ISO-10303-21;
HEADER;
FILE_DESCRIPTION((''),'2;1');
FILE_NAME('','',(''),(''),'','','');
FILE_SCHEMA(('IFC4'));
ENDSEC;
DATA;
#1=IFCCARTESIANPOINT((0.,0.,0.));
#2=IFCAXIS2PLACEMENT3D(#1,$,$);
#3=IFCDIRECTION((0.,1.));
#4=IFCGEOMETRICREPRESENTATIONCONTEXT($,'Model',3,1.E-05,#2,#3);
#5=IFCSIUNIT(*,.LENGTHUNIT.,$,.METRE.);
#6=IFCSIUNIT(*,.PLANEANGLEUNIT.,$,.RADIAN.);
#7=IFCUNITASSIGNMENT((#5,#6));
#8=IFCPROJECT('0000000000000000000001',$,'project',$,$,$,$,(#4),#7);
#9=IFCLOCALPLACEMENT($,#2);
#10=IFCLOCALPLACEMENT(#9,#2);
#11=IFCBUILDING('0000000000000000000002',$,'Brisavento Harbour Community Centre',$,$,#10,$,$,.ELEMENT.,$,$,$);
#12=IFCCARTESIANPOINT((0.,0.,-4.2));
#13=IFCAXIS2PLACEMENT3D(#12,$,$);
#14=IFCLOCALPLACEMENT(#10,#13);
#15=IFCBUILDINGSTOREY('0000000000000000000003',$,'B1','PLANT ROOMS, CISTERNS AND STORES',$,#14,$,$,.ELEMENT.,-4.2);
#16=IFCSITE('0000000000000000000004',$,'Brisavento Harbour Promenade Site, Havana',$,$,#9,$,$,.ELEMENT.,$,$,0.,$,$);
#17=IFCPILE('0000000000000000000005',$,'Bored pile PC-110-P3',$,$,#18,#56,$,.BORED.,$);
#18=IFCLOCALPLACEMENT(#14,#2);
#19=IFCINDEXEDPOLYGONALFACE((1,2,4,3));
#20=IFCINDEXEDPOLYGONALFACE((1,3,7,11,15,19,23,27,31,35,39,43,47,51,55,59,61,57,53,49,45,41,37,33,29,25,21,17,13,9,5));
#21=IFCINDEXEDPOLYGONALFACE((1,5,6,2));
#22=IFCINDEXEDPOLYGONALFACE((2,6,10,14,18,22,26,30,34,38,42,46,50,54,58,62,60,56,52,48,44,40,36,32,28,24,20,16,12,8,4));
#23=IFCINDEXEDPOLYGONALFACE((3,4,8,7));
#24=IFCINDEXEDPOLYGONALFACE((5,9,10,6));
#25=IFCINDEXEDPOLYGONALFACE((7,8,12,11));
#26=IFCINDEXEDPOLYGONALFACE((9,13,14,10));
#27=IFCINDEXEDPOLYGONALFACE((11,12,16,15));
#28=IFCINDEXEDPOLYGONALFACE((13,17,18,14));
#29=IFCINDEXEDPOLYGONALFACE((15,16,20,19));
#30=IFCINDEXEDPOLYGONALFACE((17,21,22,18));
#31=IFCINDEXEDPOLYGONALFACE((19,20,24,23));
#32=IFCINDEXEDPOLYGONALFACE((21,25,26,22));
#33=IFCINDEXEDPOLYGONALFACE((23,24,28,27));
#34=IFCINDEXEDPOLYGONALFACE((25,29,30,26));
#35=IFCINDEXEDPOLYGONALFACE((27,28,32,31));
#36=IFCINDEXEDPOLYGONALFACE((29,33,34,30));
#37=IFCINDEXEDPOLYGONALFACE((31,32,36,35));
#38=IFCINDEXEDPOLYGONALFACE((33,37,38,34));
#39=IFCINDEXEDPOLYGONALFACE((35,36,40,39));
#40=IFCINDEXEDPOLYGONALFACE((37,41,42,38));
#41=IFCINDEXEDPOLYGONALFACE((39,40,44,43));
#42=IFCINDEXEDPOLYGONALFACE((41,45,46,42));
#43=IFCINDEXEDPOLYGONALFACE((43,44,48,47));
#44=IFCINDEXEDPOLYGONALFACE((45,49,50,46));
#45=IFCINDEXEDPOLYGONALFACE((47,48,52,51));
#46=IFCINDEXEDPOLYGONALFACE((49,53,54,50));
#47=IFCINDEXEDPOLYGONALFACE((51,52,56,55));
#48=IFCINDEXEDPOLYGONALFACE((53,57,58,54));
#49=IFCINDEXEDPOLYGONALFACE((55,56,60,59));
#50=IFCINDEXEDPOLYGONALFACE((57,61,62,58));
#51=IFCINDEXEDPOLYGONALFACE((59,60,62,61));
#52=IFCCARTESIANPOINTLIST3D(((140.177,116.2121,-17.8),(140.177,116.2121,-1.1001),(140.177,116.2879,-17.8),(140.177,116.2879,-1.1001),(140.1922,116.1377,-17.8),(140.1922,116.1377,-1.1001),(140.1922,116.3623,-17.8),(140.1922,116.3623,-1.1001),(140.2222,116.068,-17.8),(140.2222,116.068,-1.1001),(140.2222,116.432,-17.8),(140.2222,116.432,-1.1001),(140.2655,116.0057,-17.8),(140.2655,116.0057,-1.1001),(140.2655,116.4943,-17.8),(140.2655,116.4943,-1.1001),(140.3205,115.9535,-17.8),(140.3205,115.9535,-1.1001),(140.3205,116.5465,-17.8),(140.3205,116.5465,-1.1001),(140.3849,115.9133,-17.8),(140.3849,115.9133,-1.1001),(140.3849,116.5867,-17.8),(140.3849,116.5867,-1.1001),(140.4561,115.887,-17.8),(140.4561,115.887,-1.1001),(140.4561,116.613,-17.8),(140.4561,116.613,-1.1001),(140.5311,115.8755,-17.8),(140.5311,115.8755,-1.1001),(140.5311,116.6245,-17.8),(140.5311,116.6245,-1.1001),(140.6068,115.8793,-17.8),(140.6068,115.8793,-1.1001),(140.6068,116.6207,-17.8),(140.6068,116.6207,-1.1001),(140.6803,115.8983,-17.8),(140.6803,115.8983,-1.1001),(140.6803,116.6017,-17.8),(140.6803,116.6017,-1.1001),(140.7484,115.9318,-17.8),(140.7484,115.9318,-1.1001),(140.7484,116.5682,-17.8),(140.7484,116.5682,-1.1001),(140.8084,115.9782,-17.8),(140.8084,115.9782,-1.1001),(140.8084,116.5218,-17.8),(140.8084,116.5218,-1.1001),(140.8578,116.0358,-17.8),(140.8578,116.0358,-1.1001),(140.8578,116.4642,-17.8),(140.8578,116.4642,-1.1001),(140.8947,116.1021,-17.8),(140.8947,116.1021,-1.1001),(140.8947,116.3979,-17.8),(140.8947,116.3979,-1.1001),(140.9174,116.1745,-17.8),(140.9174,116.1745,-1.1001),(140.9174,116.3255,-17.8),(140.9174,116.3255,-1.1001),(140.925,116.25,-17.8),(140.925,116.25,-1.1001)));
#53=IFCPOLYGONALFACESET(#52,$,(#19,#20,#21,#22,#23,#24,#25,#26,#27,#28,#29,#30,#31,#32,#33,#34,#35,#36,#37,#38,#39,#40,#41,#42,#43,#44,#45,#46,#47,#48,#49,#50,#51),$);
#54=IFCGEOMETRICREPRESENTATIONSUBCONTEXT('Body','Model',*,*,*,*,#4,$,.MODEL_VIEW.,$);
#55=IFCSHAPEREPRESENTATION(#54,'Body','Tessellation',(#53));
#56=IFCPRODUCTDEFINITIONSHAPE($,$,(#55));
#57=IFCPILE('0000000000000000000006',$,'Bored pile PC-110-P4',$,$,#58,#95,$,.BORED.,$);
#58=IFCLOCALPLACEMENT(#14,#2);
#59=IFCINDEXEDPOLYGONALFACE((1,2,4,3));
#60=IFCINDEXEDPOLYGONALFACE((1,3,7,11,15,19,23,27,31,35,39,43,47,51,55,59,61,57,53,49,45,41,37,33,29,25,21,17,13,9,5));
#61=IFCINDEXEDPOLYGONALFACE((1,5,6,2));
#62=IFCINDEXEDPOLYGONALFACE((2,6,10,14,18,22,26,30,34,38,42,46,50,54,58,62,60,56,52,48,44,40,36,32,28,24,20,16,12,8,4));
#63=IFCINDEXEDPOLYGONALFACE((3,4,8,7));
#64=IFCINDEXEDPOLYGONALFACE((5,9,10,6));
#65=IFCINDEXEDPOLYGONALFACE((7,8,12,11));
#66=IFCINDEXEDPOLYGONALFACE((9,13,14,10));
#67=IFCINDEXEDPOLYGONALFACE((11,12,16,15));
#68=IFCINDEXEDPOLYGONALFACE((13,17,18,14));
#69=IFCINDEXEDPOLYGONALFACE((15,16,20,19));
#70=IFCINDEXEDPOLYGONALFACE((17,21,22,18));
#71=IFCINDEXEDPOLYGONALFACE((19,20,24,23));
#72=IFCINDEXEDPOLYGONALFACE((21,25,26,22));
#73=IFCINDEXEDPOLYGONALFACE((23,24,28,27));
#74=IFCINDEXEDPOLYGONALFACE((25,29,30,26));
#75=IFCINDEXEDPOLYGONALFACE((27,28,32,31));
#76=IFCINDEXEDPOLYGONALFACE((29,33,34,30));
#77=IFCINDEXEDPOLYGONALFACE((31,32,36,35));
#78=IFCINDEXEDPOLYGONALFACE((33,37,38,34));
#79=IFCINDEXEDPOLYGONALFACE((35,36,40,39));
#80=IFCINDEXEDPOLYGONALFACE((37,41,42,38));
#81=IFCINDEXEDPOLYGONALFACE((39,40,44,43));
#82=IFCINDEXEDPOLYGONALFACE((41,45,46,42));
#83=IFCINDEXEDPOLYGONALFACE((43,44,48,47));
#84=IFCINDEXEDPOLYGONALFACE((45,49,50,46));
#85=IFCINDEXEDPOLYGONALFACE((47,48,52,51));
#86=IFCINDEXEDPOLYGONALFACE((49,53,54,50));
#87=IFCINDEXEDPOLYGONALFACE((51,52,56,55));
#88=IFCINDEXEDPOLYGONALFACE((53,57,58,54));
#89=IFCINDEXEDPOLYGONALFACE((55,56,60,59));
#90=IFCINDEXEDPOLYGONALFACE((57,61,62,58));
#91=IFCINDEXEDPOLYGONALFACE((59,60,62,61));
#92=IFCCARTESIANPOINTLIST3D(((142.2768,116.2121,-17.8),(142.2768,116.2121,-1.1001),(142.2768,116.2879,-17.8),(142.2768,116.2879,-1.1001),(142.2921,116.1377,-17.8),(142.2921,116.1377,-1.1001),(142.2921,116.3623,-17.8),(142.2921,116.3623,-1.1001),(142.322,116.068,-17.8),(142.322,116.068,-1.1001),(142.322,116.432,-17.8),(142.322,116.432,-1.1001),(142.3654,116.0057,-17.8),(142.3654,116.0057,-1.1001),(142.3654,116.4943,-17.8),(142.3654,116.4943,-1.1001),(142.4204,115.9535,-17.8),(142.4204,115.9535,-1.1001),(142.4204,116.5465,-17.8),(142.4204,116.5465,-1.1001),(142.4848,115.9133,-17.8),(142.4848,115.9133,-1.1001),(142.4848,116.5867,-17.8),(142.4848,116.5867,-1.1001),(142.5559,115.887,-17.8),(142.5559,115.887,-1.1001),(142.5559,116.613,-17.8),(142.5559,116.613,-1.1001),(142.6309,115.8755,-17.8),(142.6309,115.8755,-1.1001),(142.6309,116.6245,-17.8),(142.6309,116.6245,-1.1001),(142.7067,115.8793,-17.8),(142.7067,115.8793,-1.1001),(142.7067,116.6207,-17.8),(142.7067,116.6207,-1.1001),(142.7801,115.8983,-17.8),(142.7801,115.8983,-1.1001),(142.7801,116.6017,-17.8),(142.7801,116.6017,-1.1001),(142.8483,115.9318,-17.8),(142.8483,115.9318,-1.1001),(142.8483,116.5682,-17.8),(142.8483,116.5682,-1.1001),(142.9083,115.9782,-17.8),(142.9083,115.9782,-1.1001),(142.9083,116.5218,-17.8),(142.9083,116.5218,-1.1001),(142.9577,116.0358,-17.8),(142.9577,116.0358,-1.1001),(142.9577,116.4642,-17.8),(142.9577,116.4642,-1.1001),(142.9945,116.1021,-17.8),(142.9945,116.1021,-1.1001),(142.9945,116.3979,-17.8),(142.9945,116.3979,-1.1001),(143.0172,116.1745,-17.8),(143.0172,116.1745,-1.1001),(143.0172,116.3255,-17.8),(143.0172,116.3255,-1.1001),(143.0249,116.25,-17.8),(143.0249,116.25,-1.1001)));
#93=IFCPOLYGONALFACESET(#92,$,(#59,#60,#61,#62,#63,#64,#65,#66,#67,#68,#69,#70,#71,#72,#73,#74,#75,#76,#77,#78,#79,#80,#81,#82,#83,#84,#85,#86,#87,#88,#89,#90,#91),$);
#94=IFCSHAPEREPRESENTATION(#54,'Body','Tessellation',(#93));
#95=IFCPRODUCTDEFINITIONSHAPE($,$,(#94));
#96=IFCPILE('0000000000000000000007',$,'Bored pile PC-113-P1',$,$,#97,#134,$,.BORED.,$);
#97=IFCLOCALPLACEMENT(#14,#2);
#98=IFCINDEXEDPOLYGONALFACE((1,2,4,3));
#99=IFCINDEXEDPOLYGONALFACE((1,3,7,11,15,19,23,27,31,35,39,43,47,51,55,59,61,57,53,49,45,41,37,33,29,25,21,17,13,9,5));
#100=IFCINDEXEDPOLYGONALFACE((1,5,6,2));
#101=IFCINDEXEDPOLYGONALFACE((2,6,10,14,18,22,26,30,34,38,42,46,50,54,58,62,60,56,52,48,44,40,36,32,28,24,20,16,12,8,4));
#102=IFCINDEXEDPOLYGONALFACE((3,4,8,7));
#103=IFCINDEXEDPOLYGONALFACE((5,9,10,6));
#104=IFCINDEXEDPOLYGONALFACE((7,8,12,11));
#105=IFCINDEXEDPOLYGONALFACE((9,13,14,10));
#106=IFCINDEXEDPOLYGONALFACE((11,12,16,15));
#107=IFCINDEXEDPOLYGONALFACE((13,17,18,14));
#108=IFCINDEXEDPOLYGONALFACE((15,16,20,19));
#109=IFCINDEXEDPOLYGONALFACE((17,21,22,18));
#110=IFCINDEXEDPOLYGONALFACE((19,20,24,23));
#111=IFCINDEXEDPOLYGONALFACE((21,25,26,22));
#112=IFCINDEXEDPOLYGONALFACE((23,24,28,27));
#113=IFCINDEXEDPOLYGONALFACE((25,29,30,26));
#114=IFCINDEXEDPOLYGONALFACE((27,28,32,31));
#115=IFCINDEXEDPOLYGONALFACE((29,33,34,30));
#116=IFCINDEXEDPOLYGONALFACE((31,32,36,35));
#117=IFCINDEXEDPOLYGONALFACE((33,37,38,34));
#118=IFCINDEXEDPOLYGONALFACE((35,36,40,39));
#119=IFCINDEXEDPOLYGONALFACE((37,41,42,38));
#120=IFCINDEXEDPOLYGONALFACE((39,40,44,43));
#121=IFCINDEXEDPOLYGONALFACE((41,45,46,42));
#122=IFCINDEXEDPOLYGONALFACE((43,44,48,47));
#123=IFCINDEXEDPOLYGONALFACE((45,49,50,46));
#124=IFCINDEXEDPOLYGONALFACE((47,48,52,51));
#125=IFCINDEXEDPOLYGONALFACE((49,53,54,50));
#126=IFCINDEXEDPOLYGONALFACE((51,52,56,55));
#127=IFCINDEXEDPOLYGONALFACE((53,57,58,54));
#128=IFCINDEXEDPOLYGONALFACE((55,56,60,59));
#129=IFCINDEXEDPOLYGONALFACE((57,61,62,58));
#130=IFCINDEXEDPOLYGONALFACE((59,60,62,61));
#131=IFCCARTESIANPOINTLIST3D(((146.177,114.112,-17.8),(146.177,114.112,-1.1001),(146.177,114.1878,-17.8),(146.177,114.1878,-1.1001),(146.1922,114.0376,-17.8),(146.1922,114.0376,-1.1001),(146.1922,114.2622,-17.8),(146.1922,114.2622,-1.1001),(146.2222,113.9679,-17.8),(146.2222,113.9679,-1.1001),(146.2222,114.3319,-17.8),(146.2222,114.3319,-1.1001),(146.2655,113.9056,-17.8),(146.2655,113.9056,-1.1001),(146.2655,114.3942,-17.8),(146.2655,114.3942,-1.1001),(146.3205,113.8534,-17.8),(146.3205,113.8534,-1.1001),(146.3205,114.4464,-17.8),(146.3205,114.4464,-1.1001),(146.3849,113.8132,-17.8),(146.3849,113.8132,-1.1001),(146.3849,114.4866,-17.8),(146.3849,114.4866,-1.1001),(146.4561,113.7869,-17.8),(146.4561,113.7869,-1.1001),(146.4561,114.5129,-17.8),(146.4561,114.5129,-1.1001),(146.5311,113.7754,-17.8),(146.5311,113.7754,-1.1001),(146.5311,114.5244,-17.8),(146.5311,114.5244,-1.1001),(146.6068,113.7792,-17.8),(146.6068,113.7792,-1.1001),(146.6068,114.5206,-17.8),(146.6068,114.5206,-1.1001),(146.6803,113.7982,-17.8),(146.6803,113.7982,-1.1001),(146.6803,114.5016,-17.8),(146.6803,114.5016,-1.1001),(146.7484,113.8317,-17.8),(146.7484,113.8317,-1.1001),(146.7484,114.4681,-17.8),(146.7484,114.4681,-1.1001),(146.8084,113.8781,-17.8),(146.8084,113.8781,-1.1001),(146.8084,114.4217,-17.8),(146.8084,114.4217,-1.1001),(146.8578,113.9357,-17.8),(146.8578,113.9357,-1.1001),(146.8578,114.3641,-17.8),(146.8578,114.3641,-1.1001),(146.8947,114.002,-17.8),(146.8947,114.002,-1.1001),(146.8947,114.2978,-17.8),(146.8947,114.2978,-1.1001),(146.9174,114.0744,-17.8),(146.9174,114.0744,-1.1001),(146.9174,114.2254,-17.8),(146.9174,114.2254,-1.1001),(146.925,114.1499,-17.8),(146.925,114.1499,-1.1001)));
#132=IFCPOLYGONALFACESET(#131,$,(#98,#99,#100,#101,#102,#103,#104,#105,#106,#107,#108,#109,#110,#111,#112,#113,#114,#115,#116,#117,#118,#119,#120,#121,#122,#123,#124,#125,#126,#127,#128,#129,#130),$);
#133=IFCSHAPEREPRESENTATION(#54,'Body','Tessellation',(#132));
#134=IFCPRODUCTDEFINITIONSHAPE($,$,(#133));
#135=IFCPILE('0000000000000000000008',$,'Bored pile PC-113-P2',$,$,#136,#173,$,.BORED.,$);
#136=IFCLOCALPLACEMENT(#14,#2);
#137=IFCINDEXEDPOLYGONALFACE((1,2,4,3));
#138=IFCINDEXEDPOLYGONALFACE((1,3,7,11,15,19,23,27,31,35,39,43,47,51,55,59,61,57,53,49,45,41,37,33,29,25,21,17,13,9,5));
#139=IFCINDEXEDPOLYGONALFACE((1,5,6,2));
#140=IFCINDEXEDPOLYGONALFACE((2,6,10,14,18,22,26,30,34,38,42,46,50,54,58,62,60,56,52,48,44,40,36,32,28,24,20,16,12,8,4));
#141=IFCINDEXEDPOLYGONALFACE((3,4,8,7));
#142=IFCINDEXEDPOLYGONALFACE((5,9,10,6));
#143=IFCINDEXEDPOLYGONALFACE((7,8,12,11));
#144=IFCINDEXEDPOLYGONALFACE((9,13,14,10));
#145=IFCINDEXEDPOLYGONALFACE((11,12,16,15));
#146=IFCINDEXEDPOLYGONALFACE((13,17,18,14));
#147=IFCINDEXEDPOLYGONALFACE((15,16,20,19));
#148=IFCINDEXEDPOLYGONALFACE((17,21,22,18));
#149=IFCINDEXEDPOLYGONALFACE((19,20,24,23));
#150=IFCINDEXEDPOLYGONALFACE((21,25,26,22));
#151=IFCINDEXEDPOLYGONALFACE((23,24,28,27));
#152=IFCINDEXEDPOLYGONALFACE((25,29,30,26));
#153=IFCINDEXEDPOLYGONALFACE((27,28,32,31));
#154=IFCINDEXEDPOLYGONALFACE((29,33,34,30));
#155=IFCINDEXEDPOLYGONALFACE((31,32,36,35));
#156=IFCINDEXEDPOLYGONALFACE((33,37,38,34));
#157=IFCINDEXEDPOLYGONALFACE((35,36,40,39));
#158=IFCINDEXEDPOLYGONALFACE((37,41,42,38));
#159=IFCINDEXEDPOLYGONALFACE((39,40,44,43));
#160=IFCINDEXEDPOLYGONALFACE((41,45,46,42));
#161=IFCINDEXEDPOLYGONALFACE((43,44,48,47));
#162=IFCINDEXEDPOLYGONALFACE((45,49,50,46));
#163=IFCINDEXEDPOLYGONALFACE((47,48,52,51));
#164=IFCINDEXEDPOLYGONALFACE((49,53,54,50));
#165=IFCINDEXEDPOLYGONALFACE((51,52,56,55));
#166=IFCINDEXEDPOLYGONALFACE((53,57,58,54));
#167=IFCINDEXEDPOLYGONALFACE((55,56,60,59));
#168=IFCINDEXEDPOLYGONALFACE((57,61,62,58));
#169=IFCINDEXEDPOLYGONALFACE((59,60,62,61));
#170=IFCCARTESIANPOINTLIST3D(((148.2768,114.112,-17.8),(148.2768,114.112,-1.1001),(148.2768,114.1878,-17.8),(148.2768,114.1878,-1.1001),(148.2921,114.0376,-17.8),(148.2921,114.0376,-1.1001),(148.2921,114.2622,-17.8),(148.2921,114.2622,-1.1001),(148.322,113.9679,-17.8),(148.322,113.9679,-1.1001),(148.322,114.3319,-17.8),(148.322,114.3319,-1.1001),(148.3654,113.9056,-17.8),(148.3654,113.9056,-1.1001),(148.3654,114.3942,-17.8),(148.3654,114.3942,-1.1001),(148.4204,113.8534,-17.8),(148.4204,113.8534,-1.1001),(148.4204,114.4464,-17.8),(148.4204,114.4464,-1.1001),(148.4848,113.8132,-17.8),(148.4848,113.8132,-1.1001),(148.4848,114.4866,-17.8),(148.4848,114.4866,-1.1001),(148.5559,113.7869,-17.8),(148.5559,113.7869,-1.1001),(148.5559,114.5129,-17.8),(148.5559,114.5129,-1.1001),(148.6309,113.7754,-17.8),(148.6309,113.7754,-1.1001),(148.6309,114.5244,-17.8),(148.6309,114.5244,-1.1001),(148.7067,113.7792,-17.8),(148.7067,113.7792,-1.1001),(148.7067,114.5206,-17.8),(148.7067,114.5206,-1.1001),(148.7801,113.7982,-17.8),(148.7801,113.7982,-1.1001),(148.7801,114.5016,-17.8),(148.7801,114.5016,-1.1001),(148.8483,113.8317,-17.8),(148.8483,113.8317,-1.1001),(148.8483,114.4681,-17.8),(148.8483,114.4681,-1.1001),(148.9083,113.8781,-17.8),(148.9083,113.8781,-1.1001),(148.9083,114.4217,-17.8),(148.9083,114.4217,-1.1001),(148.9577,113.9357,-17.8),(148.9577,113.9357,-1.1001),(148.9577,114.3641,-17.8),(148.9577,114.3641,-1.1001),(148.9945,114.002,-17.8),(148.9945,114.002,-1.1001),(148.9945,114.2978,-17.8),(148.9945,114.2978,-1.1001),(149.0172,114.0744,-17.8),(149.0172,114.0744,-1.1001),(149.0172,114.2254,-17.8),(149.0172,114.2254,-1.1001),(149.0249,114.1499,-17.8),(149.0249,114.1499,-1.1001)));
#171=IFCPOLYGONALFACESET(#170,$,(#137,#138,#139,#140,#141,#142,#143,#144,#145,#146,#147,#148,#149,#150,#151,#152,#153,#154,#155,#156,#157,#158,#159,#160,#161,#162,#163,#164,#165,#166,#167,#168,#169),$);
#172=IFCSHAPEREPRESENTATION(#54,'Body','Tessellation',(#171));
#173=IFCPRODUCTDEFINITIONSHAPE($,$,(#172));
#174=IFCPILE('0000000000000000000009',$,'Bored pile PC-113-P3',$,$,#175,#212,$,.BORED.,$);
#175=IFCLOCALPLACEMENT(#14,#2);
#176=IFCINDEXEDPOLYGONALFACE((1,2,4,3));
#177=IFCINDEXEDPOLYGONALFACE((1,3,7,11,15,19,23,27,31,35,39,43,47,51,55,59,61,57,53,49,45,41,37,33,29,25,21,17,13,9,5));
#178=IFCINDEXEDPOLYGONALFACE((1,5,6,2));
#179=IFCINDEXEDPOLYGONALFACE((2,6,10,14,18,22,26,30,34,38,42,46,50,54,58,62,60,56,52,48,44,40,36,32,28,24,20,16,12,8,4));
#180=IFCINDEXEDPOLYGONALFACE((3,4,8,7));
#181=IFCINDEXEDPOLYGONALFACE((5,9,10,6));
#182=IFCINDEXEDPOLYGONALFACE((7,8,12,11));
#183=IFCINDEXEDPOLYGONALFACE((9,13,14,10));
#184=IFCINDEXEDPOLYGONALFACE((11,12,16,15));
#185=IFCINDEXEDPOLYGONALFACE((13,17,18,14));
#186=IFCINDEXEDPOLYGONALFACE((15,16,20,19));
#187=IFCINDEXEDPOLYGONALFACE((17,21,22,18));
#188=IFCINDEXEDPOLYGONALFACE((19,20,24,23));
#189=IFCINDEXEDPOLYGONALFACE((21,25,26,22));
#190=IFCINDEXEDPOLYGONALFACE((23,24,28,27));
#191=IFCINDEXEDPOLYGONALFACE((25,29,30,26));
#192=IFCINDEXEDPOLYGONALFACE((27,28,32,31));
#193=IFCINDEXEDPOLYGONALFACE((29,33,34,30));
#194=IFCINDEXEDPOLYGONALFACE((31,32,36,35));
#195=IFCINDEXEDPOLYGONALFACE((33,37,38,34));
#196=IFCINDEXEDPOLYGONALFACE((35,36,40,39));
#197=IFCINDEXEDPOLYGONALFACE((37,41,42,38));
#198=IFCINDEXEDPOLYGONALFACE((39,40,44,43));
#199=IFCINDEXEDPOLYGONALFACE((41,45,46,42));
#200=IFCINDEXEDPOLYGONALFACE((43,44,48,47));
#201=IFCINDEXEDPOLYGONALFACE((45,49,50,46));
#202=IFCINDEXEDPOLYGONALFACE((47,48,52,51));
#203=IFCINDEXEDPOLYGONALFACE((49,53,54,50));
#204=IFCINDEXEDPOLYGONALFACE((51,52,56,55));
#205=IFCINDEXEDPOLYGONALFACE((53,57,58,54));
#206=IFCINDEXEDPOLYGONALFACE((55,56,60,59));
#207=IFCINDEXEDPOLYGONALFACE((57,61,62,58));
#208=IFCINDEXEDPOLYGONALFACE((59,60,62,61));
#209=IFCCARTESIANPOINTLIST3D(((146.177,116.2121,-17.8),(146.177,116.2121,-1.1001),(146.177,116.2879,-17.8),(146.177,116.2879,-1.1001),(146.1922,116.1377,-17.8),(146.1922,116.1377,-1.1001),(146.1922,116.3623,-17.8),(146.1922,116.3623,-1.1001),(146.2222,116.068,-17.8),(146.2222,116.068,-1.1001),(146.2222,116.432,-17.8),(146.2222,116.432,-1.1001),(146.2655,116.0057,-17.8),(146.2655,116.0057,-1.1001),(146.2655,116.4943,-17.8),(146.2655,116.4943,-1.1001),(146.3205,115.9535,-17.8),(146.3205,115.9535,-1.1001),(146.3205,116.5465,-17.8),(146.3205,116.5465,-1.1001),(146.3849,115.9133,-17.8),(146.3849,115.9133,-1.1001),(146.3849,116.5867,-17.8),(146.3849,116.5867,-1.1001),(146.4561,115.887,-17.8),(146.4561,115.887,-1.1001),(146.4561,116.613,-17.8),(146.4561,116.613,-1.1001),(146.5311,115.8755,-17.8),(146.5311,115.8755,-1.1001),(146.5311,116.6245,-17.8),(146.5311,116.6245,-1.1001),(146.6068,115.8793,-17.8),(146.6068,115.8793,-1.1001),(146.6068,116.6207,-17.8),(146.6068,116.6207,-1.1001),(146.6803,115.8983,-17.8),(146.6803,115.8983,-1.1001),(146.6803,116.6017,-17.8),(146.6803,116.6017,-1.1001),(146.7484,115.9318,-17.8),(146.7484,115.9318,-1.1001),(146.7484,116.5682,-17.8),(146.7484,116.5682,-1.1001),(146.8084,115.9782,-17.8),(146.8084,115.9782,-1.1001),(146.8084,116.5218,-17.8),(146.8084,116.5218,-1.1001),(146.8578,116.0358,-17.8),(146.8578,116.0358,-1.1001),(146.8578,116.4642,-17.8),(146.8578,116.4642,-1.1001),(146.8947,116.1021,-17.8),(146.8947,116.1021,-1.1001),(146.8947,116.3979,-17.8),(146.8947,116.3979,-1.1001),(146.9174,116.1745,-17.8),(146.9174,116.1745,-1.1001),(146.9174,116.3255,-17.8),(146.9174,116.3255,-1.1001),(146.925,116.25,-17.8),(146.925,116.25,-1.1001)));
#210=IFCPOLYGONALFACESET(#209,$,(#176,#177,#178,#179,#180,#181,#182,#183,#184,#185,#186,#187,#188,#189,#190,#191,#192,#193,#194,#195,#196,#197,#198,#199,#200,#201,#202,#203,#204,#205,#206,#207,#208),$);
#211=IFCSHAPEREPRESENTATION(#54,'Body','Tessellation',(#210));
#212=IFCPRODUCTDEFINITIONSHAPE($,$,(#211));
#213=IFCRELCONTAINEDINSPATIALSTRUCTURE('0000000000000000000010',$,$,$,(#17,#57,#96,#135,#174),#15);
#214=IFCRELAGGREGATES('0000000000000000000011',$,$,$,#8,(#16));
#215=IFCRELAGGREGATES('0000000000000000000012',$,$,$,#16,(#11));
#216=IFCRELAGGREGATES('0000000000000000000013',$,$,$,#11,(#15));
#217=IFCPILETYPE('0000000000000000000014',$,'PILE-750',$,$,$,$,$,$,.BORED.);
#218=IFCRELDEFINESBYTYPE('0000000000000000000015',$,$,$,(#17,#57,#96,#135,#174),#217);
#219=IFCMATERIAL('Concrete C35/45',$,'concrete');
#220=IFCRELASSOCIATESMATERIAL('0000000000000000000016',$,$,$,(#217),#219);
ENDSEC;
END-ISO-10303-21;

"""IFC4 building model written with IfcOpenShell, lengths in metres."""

from ifc_helpers import new_model, si_unit, direction, frame, origin, origin_2d, place, context, subcontext, project, spatial, circle, extrude, material, material_profile, profile_set, type_object, element, save


model = new_model("IFC4")

# Units and contexts
model_context = context("Model", 3, precision=1e-05, world=origin(), true_north=direction((0.0, 1.0)))
body_context = subcontext(model_context, "Body", "Model", "MODEL_VIEW")
ifc_project = project(units=[si_unit("LENGTHUNIT", "METRE"), si_unit("PLANEANGLEUNIT", "RADIAN")], contexts=[model_context])

# Site, building, storey
site_placement = place(None, origin())
site = spatial("IfcSite", under=ifc_project, at=site_placement, Name="Brisavento Harbour Promenade Site, Havana", CompositionType="ELEMENT", RefElevation=0.0)
building_placement = place(site_placement, origin())
building = spatial("IfcBuilding", under=site, at=building_placement, Name="Brisavento Harbour Community Centre", CompositionType="ELEMENT")
storey_placement = place(building_placement, frame((0.0, 0.0, -4.2)))
storey = spatial("IfcBuildingStorey", under=building, at=storey_placement, Name="B1", Description="PLANT ROOMS, CISTERNS AND STORES", CompositionType="ELEMENT", Elevation=-4.2)

# Shared definitions
ifc_material_1 = material(Name="Concrete C35/45", Category="concrete")

# Piles
ifc_material_profile_1 = material_profile(ifc_material_1, circle(Radius=0.375, at=origin_2d()), Name="Concrete C35/45")
ifc_profile_set_1 = profile_set([ifc_material_profile_1], Name="Concrete C35/45")
pile_type = type_object("IfcPileType", Name="PILE-750", PredefinedType="BORED", material=ifc_profile_set_1)
for number, where, z_axis, x_axis, name in (
    (1, (140.55, 116.25, -1.1001), (0.0, 0.0, -1.0), (1.0, 0.0, 0.0), "Bored pile PC-110-P3"),
    (2, (142.6499, 116.25, -1.1001), (0.0, 0.0, -1.0), (1.0, 0.0, 0.0), "Bored pile PC-110-P4"),
    (3, (146.55, 114.1499, -1.1001), (0.0, 0.0, -1.0), (1.0, 0.0, 0.0), "Bored pile PC-113-P1"),
    (4, (148.6499, 114.1499, -1.1001), (0.0, 0.0, -1.0), (1.0, 0.0, 0.0), "Bored pile PC-113-P2"),
    (5, (146.55, 116.25, -1.1001), (0.0, 0.0, -1.0), (1.0, 0.0, 0.0), "Bored pile PC-113-P3"),
):
    element("IfcPile", number, at=place(storey_placement, frame(where, z_axis=z_axis, x_axis=x_axis)), inside=storey, type_object=pile_type, Name=name, PredefinedType="BORED", context=body_context, shape_type="SweptSolid", body=[
        extrude(circle(Radius=0.375, at=origin_2d()), origin(), (0.0, 0.0, 1.0), 16.7),
    ])

save(model, "model.ifc")
